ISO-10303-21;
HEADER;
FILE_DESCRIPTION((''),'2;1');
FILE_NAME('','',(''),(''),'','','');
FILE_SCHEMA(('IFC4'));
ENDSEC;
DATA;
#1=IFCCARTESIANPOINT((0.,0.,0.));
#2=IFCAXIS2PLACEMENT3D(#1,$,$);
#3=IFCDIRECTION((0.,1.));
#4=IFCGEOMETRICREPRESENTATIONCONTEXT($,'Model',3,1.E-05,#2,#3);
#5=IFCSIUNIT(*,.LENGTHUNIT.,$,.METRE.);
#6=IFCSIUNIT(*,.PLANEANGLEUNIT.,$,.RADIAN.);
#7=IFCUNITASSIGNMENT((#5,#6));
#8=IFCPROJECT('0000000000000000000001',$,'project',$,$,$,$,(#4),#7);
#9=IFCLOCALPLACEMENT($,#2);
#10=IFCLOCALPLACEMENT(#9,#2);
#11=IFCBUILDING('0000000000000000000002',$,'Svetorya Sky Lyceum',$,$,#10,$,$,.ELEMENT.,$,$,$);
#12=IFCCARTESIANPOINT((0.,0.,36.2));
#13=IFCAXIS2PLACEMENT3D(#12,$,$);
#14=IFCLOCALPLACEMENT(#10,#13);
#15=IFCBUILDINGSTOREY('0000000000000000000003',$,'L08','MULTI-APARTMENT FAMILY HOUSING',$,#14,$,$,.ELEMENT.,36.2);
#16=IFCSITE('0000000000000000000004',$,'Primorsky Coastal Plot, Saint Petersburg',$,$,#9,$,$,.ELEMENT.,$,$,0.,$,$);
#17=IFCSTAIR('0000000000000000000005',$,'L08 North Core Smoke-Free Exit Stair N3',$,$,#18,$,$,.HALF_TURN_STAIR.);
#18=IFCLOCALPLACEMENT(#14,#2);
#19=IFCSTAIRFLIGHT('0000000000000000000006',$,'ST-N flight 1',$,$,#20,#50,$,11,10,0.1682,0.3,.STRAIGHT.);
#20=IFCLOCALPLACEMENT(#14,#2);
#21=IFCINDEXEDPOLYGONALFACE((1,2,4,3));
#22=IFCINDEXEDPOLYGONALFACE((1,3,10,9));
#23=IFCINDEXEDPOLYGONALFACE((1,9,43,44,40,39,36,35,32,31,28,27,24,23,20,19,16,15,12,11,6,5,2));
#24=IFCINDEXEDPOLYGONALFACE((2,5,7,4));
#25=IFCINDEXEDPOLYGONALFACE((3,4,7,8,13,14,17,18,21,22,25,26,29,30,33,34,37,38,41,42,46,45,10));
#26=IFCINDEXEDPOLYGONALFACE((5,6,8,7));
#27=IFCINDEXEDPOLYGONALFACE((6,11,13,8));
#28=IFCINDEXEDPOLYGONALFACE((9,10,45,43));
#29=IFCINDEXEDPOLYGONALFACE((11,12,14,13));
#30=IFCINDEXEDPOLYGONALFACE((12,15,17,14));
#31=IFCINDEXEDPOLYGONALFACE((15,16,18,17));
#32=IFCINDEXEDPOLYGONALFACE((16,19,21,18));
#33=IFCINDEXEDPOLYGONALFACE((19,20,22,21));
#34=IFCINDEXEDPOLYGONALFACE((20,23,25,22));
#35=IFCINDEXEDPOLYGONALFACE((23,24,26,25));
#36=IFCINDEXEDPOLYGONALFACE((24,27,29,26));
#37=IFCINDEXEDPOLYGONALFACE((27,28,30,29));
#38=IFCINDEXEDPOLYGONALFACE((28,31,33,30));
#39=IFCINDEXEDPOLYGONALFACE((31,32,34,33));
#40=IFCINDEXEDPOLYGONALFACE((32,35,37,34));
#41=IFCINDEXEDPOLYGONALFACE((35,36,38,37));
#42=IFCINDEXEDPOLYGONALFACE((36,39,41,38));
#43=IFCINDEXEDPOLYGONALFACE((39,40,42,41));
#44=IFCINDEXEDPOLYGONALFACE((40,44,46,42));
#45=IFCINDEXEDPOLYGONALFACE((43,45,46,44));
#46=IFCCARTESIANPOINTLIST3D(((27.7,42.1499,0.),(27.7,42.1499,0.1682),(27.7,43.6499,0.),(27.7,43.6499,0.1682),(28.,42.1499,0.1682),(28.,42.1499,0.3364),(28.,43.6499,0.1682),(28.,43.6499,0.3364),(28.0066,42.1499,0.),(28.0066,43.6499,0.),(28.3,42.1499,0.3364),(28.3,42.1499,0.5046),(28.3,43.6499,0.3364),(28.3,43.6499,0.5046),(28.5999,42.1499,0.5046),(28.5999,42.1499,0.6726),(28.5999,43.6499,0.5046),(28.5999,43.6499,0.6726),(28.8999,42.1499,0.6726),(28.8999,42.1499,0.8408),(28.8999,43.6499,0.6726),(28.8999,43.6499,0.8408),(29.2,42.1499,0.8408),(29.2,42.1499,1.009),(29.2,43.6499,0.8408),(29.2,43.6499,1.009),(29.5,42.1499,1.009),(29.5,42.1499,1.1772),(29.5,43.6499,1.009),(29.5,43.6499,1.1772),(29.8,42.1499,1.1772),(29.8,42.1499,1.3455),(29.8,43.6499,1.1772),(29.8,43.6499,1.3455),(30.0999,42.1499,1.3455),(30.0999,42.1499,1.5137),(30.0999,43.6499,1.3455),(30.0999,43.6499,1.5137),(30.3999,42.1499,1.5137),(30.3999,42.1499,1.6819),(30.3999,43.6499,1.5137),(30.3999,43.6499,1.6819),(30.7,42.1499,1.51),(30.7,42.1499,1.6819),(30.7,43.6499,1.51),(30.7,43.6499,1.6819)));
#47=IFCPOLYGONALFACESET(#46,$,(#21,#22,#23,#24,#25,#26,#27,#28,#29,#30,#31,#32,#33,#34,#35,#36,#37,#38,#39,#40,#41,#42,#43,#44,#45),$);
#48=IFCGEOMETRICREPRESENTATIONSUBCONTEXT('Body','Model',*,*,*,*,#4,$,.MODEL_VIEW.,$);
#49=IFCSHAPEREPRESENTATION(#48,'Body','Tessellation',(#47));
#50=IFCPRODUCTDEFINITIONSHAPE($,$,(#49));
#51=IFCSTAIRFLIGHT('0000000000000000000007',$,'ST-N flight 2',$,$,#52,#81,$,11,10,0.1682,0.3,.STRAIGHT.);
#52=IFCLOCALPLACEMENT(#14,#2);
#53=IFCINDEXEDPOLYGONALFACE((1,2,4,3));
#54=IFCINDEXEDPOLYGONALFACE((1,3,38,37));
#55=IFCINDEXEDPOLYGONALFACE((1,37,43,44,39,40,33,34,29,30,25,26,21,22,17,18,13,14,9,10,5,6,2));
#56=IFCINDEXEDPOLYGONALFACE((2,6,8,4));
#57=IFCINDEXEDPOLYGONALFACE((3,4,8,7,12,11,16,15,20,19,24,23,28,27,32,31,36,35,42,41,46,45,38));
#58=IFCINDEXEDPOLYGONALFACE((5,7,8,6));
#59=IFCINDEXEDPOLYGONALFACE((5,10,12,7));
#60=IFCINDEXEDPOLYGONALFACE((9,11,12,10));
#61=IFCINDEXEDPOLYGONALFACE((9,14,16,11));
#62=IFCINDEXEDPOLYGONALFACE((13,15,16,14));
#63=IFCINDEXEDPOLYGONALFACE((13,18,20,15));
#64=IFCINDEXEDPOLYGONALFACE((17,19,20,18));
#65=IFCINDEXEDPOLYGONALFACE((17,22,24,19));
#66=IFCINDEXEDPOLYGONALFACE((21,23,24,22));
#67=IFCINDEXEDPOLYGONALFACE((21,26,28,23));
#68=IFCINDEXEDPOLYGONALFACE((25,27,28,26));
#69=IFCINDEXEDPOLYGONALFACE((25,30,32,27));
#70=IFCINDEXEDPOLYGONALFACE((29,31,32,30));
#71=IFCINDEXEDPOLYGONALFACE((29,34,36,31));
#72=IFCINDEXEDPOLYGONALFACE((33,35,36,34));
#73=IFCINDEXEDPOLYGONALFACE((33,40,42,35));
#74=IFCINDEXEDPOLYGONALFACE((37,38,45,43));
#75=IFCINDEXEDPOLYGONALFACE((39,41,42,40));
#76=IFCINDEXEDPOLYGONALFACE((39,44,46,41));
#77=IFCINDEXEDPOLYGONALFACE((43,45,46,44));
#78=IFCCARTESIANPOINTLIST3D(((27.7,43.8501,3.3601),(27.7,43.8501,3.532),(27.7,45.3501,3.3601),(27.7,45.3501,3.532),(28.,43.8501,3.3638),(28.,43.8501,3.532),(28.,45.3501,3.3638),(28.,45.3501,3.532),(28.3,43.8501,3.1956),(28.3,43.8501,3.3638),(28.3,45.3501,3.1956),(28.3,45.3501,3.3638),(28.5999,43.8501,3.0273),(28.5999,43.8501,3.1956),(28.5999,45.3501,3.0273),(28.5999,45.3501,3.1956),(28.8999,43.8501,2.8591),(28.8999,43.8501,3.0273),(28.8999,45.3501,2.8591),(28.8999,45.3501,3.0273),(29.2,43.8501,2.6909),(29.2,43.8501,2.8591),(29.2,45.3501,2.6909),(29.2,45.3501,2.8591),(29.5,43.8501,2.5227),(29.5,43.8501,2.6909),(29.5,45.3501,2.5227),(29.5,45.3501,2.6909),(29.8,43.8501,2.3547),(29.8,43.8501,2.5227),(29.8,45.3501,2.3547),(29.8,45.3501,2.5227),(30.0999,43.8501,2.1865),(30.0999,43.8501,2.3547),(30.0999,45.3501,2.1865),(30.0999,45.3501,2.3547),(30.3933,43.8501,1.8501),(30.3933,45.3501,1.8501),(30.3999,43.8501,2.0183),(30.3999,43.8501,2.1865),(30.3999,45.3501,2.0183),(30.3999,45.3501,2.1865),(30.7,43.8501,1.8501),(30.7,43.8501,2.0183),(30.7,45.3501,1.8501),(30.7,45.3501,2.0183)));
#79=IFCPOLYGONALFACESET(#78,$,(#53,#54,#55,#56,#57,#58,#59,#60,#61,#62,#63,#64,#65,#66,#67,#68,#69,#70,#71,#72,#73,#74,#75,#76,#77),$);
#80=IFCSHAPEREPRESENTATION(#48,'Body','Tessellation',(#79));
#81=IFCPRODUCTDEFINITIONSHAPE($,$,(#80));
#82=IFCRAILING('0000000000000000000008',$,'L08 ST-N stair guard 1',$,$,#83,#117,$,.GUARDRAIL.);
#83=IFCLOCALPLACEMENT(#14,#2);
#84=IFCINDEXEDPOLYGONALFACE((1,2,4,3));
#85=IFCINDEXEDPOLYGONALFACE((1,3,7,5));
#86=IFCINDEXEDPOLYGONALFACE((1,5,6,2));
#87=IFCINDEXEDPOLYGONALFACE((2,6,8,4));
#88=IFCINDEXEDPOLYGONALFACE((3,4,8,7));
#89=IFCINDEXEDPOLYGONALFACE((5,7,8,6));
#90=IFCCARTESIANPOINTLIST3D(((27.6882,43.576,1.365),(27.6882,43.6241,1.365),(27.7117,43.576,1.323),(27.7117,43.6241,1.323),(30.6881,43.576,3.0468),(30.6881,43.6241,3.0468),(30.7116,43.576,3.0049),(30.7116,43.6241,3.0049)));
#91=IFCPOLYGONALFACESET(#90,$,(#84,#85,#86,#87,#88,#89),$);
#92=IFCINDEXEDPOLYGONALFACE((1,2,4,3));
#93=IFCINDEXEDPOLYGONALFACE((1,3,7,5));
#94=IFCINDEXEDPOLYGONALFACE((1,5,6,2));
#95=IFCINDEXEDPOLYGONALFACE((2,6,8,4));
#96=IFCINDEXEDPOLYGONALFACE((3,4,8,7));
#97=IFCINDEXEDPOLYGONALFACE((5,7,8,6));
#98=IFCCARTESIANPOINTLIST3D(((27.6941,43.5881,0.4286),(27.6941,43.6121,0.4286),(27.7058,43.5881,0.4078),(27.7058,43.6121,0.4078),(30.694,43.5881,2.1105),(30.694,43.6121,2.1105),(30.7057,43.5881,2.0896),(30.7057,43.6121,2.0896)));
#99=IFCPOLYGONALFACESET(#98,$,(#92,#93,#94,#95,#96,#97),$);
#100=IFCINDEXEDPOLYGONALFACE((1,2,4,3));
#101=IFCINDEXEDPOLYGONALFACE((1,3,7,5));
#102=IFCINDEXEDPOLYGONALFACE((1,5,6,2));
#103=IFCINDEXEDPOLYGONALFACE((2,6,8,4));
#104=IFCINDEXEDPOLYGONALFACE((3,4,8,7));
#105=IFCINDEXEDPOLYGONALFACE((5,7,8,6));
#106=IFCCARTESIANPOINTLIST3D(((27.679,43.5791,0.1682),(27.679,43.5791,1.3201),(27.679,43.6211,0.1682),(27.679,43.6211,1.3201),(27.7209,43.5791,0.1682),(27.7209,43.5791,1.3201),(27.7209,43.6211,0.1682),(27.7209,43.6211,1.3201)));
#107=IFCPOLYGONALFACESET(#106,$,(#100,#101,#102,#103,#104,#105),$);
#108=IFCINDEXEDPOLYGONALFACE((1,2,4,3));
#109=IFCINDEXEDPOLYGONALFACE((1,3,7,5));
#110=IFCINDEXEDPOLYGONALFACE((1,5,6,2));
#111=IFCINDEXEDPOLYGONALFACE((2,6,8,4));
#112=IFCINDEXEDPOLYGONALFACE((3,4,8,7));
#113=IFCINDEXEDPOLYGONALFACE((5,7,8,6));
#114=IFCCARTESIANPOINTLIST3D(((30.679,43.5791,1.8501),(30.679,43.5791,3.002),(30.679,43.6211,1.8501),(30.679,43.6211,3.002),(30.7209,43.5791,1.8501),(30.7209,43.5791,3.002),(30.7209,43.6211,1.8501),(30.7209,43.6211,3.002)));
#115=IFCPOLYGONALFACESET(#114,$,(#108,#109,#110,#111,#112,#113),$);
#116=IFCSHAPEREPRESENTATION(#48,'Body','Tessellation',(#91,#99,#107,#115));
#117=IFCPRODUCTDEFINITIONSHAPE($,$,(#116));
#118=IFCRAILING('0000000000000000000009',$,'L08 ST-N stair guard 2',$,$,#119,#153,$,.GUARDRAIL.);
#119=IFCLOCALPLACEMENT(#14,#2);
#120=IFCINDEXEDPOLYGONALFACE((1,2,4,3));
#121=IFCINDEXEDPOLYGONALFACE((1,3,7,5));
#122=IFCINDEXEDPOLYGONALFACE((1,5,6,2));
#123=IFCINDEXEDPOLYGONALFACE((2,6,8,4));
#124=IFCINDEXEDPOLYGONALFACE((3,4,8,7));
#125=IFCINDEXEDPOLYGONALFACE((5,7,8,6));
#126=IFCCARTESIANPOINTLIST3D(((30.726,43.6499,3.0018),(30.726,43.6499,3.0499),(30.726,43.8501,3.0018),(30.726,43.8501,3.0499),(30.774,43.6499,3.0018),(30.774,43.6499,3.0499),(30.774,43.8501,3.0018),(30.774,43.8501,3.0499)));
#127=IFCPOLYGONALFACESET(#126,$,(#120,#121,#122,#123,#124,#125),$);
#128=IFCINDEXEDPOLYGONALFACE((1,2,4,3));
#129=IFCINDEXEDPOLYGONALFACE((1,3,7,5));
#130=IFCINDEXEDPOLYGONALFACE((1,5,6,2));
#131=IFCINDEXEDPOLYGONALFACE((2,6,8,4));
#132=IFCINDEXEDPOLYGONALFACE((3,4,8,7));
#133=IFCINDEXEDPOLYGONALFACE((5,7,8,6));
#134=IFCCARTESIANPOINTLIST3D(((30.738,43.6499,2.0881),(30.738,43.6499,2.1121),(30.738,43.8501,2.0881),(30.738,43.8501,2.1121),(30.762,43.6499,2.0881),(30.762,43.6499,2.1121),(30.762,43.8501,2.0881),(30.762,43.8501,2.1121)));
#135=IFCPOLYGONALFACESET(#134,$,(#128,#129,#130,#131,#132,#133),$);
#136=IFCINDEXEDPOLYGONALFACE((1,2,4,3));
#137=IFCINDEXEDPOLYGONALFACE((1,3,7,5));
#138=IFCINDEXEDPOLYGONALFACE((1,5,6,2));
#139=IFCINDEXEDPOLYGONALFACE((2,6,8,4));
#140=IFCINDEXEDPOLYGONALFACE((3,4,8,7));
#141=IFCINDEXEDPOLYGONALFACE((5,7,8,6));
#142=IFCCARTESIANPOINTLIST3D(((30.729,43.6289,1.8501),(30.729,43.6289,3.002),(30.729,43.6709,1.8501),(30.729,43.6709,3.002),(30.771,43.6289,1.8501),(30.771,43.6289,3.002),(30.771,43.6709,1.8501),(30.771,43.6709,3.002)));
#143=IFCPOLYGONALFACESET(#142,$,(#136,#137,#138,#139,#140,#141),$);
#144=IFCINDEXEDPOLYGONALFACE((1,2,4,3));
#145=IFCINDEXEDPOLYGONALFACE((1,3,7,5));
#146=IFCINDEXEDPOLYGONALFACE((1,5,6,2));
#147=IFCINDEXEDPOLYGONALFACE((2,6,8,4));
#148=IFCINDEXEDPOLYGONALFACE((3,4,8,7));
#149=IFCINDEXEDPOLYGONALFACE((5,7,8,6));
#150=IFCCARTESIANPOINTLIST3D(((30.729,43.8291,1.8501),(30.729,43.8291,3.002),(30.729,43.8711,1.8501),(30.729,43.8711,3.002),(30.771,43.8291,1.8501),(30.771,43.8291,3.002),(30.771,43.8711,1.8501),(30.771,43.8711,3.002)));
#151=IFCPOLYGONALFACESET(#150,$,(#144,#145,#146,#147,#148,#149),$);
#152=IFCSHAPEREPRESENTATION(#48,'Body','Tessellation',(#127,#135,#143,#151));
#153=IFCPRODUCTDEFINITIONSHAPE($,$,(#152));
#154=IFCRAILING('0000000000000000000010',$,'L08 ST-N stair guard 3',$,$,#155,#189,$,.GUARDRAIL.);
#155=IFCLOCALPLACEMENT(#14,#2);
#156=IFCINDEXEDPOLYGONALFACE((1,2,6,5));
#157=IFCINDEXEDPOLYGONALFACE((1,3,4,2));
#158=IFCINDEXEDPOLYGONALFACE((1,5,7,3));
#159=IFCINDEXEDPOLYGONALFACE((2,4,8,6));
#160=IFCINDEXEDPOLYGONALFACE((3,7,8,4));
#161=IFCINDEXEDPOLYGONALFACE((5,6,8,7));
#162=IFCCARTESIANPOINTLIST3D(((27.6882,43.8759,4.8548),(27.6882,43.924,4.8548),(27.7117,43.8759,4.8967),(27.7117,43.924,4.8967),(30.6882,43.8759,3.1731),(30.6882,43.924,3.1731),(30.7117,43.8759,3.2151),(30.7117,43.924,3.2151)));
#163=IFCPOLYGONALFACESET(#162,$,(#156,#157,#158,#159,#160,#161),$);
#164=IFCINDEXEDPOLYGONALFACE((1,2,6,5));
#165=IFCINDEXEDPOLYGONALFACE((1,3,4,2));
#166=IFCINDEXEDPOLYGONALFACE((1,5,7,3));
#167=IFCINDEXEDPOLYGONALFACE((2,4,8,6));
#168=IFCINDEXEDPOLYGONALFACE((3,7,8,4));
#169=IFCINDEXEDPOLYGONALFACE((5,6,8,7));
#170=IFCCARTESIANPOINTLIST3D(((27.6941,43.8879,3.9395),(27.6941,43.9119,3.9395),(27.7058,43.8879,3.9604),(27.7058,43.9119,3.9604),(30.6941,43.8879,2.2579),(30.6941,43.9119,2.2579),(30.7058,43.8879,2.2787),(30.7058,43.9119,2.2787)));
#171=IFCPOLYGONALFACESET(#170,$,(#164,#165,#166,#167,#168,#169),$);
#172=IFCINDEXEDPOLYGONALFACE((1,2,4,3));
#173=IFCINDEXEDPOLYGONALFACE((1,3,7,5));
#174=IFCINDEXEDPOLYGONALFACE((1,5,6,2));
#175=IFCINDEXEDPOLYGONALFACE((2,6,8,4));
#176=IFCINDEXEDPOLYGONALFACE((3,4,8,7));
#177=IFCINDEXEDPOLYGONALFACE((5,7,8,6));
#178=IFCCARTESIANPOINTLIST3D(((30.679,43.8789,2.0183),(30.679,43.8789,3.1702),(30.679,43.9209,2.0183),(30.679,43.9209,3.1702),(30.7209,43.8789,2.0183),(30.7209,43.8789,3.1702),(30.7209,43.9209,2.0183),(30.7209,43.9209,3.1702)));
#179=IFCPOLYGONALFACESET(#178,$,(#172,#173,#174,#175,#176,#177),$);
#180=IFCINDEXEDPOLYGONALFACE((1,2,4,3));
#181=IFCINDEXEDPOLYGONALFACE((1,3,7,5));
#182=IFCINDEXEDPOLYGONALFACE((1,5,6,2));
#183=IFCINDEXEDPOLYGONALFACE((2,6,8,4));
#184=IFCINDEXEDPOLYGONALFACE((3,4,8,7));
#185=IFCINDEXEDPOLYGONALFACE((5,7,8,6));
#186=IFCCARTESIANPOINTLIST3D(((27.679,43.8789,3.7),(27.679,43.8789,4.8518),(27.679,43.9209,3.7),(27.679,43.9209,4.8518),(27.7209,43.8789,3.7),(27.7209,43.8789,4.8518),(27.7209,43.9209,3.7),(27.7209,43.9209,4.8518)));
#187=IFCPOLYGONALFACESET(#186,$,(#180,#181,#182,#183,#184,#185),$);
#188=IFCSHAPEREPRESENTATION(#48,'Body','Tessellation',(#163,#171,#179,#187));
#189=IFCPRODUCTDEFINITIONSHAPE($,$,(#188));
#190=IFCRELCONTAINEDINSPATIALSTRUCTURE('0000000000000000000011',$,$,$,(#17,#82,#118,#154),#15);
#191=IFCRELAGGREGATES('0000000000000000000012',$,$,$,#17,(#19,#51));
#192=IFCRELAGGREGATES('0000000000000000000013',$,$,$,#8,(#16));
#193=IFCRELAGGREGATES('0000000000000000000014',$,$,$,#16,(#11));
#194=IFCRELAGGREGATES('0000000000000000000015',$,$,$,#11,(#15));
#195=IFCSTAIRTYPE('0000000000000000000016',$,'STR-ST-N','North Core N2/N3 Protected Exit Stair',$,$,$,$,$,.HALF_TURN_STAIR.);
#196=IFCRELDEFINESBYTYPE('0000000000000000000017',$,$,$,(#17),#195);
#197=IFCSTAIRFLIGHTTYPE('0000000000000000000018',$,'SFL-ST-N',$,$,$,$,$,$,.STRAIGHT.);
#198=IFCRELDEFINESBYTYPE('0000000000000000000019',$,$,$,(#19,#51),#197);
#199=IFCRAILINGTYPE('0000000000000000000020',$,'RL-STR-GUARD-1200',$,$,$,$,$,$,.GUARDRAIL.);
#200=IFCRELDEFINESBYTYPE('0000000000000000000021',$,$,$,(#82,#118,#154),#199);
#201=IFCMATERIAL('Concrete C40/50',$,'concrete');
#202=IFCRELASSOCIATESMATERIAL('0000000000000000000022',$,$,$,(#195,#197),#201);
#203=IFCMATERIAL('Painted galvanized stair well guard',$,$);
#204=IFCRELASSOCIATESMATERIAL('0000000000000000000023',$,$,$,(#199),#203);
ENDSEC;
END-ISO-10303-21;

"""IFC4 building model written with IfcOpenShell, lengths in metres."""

from ifc_helpers import new_model, si_unit, direction, frame, origin, origin_2d, place, context, subcontext, project, spatial, polyline, rectangle, outline, extrude, material, type_object, element, aggregate, save


model = new_model("IFC4")

# Units and contexts
model_context = context("Model", 3, precision=1e-05, world=origin(), true_north=direction((0.0, 1.0)))
body_context = subcontext(model_context, "Body", "Model", "MODEL_VIEW")
ifc_project = project(units=[si_unit("LENGTHUNIT", "METRE"), si_unit("PLANEANGLEUNIT", "RADIAN")], contexts=[model_context])

# Site, building, storey
site_placement = place(None, origin())
site = spatial("IfcSite", under=ifc_project, at=site_placement, Name="Primorsky Coastal Plot, Saint Petersburg", CompositionType="ELEMENT", RefElevation=0.0)
building_placement = place(site_placement, origin())
building = spatial("IfcBuilding", under=site, at=building_placement, Name="Svetorya Sky Lyceum", CompositionType="ELEMENT")
storey_placement = place(building_placement, frame((0.0, 0.0, 36.2)))
storey = spatial("IfcBuildingStorey", under=building, at=storey_placement, Name="L08", Description="MULTI-APARTMENT FAMILY HOUSING", CompositionType="ELEMENT", Elevation=36.2)

# Shared definitions
ifc_material_1 = material(Name="Concrete C40/50", Category="concrete")

# Stair, stair flights
stair_type = type_object("IfcStairType", Name="STR-ST-N", Description="North Core N2/N3 Protected Exit Stair", PredefinedType="HALF_TURN_STAIR", material=ifc_material_1)
stair_placement = place(storey_placement, origin())
stair = element("IfcStair", 1, at=stair_placement, inside=storey, type_object=stair_type, Name="L08 North Core Smoke-Free Exit Stair N3", PredefinedType="HALF_TURN_STAIR")
stair_flight_type = type_object("IfcStairFlightType", Name="SFL-ST-N", PredefinedType="STRAIGHT", material=ifc_material_1)
stair_flight_1_placement = place(storey_placement, frame((27.7, 42.8999, 0.0), z_axis=(0.0, 0.0, 1.0), x_axis=(1.0, 0.0, 0.0)))
stair_flight_1 = element("IfcStairFlight", 2, at=stair_flight_1_placement, type_object=stair_flight_type, Name="ST-N flight 1", NumberOfRisers=11, NumberOfTreads=10, PredefinedType="STRAIGHT", RiserHeight=0.1682, TreadLength=0.3, context=body_context, shape_type="SweptSolid", body=[
    extrude(outline(polyline([(0.0, 0.0), (0.0, 0.1682), (0.3, 0.1682), (0.3, 0.3364), (0.6001, 0.3364), (0.6001, 0.5046), (0.8999, 0.5046), (0.8999, 0.6726), (1.2, 0.6726), (1.2, 0.8408), (1.5, 0.8408), (1.5, 1.009), (1.8, 1.009), (1.8, 1.1772), (2.1001, 1.1772), (2.1001, 1.3455), (2.3999, 1.3455), (2.3999, 1.5137), (2.7, 1.5137), (2.7, 1.6819), (3.0, 1.6819), (3.0, 1.8501), (3.0, 1.51), (0.3066, 0.0), (0.0, 0.0)])), frame((0.0, 0.75, 0.0), z_axis=(0.0, -1.0, 0.0), x_axis=(1.0, 0.0, 0.0)), (0.0, 0.0, 1.0), 1.5),
])
stair_flight_2_placement = place(storey_placement, frame((30.7, 44.6001, 1.8501), z_axis=(0.0, 0.0, 1.0), x_axis=(-1.0, 0.0, 0.0)))
stair_flight_2 = element("IfcStairFlight", 3, at=stair_flight_2_placement, type_object=stair_flight_type, Name="ST-N flight 2", NumberOfRisers=11, NumberOfTreads=10, PredefinedType="STRAIGHT", RiserHeight=0.1682, TreadLength=0.3, context=body_context, shape_type="SweptSolid", body=[
    extrude(outline(polyline([(0.0, 0.0), (0.0, 0.1682), (0.3, 0.1682), (0.3, 0.3364), (0.6001, 0.3364), (0.6001, 0.5046), (0.8999, 0.5046), (0.8999, 0.6726), (1.2, 0.6726), (1.2, 0.8408), (1.5, 0.8408), (1.5, 1.009), (1.8, 1.009), (1.8, 1.1772), (2.1001, 1.1772), (2.1001, 1.3455), (2.3999, 1.3455), (2.3999, 1.5137), (2.7, 1.5137), (2.7, 1.6819), (3.0, 1.6819), (3.0, 1.8501), (3.0, 1.51), (0.3066, 0.0), (0.0, 0.0)])), frame((0.0, 0.75, 0.0), z_axis=(0.0, -1.0, 0.0), x_axis=(1.0, 0.0, 0.0)), (0.0, 0.0, 1.0), 1.5),
])
aggregate(stair, [stair_flight_1, stair_flight_2])

# Railings
ifc_material_2 = material(Name="Painted galvanized stair well guard")
railing_type_1 = type_object("IfcRailingType", Name="RL-STR-GUARD-1200", PredefinedType="GUARDRAIL", material=ifc_material_2)
railing_1_placement = place(storey_placement, frame((27.7, 43.6001, 0.1682)))
element("IfcRailing", 4, at=railing_1_placement, inside=storey, type_object=railing_type_1, Name="L08 ST-N stair guard 1", PredefinedType="GUARDRAIL", context=body_context, shape_type="SweptSolid", body=[
    extrude(rectangle(XDim=0.0481, YDim=0.0481, at=origin_2d()), frame((0.0, 0.0, 1.1758), z_axis=(0.872272, 0.0, 0.48902), x_axis=(0.0, 1.0, 0.0)), (0.0, 0.0, 1.0), 3.4392),
    extrude(rectangle(XDim=0.0239, YDim=0.0239, at=origin_2d()), frame((0.0, 0.0, 0.25), z_axis=(0.872272, 0.0, 0.48902), x_axis=(0.0, 1.0, 0.0)), (0.0, 0.0, 1.0), 3.4392),
    extrude(rectangle(XDim=0.042, YDim=0.042, at=origin_2d()), origin(), (0.0, 0.0, 1.0), 1.1519),
    extrude(rectangle(XDim=0.042, YDim=0.042, at=origin_2d()), frame((3.0, 0.0, 1.6819)), (0.0, 0.0, 1.0), 1.1519),
])
railing_2_placement = place(storey_placement, frame((30.75, 43.6499, 1.8501)))
element("IfcRailing", 5, at=railing_2_placement, inside=storey, type_object=railing_type_1, Name="L08 ST-N stair guard 2", PredefinedType="GUARDRAIL", context=body_context, shape_type="SweptSolid", body=[
    extrude(rectangle(XDim=0.0481, YDim=0.0481, at=origin_2d()), frame((0.0, 0.0, 1.1758), z_axis=(0.0, 1.0, 0.0), x_axis=(-1.0, 0.0, 0.0)), (0.0, 0.0, 1.0), 0.2002),
    extrude(rectangle(XDim=0.0239, YDim=0.0239, at=origin_2d()), frame((0.0, 0.0, 0.25), z_axis=(0.0, 1.0, 0.0), x_axis=(-1.0, 0.0, 0.0)), (0.0, 0.0, 1.0), 0.2002),
    extrude(rectangle(XDim=0.042, YDim=0.042, at=origin_2d()), origin(), (0.0, 0.0, 1.0), 1.1519),
    extrude(rectangle(XDim=0.042, YDim=0.042, at=origin_2d()), frame((0.0, 0.2002, 0.0)), (0.0, 0.0, 1.0), 1.1519),
])
railing_3_placement = place(storey_placement, frame((30.7, 43.8999, 2.0183)))
element("IfcRailing", 6, at=railing_3_placement, inside=storey, type_object=railing_type_1, Name="L08 ST-N stair guard 3", PredefinedType="GUARDRAIL", context=body_context, shape_type="SweptSolid", body=[
    extrude(rectangle(XDim=0.0481, YDim=0.0481, at=origin_2d()), frame((0.0, 0.0, 1.1758), z_axis=(-0.872303, 0.0, 0.488966), x_axis=(0.0, -1.0, 0.0)), (0.0, 0.0, 1.0), 3.4392),
    extrude(rectangle(XDim=0.0239, YDim=0.0239, at=origin_2d()), frame((0.0, 0.0, 0.25), z_axis=(-0.872303, 0.0, 0.488966), x_axis=(0.0, -1.0, 0.0)), (0.0, 0.0, 1.0), 3.4392),
    extrude(rectangle(XDim=0.042, YDim=0.042, at=origin_2d()), origin(), (0.0, 0.0, 1.0), 1.1519),
    extrude(rectangle(XDim=0.042, YDim=0.042, at=origin_2d()), frame((-3.0, 0.0, 1.6816)), (0.0, 0.0, 1.0), 1.1519),
])

save(model, "model.ifc")
